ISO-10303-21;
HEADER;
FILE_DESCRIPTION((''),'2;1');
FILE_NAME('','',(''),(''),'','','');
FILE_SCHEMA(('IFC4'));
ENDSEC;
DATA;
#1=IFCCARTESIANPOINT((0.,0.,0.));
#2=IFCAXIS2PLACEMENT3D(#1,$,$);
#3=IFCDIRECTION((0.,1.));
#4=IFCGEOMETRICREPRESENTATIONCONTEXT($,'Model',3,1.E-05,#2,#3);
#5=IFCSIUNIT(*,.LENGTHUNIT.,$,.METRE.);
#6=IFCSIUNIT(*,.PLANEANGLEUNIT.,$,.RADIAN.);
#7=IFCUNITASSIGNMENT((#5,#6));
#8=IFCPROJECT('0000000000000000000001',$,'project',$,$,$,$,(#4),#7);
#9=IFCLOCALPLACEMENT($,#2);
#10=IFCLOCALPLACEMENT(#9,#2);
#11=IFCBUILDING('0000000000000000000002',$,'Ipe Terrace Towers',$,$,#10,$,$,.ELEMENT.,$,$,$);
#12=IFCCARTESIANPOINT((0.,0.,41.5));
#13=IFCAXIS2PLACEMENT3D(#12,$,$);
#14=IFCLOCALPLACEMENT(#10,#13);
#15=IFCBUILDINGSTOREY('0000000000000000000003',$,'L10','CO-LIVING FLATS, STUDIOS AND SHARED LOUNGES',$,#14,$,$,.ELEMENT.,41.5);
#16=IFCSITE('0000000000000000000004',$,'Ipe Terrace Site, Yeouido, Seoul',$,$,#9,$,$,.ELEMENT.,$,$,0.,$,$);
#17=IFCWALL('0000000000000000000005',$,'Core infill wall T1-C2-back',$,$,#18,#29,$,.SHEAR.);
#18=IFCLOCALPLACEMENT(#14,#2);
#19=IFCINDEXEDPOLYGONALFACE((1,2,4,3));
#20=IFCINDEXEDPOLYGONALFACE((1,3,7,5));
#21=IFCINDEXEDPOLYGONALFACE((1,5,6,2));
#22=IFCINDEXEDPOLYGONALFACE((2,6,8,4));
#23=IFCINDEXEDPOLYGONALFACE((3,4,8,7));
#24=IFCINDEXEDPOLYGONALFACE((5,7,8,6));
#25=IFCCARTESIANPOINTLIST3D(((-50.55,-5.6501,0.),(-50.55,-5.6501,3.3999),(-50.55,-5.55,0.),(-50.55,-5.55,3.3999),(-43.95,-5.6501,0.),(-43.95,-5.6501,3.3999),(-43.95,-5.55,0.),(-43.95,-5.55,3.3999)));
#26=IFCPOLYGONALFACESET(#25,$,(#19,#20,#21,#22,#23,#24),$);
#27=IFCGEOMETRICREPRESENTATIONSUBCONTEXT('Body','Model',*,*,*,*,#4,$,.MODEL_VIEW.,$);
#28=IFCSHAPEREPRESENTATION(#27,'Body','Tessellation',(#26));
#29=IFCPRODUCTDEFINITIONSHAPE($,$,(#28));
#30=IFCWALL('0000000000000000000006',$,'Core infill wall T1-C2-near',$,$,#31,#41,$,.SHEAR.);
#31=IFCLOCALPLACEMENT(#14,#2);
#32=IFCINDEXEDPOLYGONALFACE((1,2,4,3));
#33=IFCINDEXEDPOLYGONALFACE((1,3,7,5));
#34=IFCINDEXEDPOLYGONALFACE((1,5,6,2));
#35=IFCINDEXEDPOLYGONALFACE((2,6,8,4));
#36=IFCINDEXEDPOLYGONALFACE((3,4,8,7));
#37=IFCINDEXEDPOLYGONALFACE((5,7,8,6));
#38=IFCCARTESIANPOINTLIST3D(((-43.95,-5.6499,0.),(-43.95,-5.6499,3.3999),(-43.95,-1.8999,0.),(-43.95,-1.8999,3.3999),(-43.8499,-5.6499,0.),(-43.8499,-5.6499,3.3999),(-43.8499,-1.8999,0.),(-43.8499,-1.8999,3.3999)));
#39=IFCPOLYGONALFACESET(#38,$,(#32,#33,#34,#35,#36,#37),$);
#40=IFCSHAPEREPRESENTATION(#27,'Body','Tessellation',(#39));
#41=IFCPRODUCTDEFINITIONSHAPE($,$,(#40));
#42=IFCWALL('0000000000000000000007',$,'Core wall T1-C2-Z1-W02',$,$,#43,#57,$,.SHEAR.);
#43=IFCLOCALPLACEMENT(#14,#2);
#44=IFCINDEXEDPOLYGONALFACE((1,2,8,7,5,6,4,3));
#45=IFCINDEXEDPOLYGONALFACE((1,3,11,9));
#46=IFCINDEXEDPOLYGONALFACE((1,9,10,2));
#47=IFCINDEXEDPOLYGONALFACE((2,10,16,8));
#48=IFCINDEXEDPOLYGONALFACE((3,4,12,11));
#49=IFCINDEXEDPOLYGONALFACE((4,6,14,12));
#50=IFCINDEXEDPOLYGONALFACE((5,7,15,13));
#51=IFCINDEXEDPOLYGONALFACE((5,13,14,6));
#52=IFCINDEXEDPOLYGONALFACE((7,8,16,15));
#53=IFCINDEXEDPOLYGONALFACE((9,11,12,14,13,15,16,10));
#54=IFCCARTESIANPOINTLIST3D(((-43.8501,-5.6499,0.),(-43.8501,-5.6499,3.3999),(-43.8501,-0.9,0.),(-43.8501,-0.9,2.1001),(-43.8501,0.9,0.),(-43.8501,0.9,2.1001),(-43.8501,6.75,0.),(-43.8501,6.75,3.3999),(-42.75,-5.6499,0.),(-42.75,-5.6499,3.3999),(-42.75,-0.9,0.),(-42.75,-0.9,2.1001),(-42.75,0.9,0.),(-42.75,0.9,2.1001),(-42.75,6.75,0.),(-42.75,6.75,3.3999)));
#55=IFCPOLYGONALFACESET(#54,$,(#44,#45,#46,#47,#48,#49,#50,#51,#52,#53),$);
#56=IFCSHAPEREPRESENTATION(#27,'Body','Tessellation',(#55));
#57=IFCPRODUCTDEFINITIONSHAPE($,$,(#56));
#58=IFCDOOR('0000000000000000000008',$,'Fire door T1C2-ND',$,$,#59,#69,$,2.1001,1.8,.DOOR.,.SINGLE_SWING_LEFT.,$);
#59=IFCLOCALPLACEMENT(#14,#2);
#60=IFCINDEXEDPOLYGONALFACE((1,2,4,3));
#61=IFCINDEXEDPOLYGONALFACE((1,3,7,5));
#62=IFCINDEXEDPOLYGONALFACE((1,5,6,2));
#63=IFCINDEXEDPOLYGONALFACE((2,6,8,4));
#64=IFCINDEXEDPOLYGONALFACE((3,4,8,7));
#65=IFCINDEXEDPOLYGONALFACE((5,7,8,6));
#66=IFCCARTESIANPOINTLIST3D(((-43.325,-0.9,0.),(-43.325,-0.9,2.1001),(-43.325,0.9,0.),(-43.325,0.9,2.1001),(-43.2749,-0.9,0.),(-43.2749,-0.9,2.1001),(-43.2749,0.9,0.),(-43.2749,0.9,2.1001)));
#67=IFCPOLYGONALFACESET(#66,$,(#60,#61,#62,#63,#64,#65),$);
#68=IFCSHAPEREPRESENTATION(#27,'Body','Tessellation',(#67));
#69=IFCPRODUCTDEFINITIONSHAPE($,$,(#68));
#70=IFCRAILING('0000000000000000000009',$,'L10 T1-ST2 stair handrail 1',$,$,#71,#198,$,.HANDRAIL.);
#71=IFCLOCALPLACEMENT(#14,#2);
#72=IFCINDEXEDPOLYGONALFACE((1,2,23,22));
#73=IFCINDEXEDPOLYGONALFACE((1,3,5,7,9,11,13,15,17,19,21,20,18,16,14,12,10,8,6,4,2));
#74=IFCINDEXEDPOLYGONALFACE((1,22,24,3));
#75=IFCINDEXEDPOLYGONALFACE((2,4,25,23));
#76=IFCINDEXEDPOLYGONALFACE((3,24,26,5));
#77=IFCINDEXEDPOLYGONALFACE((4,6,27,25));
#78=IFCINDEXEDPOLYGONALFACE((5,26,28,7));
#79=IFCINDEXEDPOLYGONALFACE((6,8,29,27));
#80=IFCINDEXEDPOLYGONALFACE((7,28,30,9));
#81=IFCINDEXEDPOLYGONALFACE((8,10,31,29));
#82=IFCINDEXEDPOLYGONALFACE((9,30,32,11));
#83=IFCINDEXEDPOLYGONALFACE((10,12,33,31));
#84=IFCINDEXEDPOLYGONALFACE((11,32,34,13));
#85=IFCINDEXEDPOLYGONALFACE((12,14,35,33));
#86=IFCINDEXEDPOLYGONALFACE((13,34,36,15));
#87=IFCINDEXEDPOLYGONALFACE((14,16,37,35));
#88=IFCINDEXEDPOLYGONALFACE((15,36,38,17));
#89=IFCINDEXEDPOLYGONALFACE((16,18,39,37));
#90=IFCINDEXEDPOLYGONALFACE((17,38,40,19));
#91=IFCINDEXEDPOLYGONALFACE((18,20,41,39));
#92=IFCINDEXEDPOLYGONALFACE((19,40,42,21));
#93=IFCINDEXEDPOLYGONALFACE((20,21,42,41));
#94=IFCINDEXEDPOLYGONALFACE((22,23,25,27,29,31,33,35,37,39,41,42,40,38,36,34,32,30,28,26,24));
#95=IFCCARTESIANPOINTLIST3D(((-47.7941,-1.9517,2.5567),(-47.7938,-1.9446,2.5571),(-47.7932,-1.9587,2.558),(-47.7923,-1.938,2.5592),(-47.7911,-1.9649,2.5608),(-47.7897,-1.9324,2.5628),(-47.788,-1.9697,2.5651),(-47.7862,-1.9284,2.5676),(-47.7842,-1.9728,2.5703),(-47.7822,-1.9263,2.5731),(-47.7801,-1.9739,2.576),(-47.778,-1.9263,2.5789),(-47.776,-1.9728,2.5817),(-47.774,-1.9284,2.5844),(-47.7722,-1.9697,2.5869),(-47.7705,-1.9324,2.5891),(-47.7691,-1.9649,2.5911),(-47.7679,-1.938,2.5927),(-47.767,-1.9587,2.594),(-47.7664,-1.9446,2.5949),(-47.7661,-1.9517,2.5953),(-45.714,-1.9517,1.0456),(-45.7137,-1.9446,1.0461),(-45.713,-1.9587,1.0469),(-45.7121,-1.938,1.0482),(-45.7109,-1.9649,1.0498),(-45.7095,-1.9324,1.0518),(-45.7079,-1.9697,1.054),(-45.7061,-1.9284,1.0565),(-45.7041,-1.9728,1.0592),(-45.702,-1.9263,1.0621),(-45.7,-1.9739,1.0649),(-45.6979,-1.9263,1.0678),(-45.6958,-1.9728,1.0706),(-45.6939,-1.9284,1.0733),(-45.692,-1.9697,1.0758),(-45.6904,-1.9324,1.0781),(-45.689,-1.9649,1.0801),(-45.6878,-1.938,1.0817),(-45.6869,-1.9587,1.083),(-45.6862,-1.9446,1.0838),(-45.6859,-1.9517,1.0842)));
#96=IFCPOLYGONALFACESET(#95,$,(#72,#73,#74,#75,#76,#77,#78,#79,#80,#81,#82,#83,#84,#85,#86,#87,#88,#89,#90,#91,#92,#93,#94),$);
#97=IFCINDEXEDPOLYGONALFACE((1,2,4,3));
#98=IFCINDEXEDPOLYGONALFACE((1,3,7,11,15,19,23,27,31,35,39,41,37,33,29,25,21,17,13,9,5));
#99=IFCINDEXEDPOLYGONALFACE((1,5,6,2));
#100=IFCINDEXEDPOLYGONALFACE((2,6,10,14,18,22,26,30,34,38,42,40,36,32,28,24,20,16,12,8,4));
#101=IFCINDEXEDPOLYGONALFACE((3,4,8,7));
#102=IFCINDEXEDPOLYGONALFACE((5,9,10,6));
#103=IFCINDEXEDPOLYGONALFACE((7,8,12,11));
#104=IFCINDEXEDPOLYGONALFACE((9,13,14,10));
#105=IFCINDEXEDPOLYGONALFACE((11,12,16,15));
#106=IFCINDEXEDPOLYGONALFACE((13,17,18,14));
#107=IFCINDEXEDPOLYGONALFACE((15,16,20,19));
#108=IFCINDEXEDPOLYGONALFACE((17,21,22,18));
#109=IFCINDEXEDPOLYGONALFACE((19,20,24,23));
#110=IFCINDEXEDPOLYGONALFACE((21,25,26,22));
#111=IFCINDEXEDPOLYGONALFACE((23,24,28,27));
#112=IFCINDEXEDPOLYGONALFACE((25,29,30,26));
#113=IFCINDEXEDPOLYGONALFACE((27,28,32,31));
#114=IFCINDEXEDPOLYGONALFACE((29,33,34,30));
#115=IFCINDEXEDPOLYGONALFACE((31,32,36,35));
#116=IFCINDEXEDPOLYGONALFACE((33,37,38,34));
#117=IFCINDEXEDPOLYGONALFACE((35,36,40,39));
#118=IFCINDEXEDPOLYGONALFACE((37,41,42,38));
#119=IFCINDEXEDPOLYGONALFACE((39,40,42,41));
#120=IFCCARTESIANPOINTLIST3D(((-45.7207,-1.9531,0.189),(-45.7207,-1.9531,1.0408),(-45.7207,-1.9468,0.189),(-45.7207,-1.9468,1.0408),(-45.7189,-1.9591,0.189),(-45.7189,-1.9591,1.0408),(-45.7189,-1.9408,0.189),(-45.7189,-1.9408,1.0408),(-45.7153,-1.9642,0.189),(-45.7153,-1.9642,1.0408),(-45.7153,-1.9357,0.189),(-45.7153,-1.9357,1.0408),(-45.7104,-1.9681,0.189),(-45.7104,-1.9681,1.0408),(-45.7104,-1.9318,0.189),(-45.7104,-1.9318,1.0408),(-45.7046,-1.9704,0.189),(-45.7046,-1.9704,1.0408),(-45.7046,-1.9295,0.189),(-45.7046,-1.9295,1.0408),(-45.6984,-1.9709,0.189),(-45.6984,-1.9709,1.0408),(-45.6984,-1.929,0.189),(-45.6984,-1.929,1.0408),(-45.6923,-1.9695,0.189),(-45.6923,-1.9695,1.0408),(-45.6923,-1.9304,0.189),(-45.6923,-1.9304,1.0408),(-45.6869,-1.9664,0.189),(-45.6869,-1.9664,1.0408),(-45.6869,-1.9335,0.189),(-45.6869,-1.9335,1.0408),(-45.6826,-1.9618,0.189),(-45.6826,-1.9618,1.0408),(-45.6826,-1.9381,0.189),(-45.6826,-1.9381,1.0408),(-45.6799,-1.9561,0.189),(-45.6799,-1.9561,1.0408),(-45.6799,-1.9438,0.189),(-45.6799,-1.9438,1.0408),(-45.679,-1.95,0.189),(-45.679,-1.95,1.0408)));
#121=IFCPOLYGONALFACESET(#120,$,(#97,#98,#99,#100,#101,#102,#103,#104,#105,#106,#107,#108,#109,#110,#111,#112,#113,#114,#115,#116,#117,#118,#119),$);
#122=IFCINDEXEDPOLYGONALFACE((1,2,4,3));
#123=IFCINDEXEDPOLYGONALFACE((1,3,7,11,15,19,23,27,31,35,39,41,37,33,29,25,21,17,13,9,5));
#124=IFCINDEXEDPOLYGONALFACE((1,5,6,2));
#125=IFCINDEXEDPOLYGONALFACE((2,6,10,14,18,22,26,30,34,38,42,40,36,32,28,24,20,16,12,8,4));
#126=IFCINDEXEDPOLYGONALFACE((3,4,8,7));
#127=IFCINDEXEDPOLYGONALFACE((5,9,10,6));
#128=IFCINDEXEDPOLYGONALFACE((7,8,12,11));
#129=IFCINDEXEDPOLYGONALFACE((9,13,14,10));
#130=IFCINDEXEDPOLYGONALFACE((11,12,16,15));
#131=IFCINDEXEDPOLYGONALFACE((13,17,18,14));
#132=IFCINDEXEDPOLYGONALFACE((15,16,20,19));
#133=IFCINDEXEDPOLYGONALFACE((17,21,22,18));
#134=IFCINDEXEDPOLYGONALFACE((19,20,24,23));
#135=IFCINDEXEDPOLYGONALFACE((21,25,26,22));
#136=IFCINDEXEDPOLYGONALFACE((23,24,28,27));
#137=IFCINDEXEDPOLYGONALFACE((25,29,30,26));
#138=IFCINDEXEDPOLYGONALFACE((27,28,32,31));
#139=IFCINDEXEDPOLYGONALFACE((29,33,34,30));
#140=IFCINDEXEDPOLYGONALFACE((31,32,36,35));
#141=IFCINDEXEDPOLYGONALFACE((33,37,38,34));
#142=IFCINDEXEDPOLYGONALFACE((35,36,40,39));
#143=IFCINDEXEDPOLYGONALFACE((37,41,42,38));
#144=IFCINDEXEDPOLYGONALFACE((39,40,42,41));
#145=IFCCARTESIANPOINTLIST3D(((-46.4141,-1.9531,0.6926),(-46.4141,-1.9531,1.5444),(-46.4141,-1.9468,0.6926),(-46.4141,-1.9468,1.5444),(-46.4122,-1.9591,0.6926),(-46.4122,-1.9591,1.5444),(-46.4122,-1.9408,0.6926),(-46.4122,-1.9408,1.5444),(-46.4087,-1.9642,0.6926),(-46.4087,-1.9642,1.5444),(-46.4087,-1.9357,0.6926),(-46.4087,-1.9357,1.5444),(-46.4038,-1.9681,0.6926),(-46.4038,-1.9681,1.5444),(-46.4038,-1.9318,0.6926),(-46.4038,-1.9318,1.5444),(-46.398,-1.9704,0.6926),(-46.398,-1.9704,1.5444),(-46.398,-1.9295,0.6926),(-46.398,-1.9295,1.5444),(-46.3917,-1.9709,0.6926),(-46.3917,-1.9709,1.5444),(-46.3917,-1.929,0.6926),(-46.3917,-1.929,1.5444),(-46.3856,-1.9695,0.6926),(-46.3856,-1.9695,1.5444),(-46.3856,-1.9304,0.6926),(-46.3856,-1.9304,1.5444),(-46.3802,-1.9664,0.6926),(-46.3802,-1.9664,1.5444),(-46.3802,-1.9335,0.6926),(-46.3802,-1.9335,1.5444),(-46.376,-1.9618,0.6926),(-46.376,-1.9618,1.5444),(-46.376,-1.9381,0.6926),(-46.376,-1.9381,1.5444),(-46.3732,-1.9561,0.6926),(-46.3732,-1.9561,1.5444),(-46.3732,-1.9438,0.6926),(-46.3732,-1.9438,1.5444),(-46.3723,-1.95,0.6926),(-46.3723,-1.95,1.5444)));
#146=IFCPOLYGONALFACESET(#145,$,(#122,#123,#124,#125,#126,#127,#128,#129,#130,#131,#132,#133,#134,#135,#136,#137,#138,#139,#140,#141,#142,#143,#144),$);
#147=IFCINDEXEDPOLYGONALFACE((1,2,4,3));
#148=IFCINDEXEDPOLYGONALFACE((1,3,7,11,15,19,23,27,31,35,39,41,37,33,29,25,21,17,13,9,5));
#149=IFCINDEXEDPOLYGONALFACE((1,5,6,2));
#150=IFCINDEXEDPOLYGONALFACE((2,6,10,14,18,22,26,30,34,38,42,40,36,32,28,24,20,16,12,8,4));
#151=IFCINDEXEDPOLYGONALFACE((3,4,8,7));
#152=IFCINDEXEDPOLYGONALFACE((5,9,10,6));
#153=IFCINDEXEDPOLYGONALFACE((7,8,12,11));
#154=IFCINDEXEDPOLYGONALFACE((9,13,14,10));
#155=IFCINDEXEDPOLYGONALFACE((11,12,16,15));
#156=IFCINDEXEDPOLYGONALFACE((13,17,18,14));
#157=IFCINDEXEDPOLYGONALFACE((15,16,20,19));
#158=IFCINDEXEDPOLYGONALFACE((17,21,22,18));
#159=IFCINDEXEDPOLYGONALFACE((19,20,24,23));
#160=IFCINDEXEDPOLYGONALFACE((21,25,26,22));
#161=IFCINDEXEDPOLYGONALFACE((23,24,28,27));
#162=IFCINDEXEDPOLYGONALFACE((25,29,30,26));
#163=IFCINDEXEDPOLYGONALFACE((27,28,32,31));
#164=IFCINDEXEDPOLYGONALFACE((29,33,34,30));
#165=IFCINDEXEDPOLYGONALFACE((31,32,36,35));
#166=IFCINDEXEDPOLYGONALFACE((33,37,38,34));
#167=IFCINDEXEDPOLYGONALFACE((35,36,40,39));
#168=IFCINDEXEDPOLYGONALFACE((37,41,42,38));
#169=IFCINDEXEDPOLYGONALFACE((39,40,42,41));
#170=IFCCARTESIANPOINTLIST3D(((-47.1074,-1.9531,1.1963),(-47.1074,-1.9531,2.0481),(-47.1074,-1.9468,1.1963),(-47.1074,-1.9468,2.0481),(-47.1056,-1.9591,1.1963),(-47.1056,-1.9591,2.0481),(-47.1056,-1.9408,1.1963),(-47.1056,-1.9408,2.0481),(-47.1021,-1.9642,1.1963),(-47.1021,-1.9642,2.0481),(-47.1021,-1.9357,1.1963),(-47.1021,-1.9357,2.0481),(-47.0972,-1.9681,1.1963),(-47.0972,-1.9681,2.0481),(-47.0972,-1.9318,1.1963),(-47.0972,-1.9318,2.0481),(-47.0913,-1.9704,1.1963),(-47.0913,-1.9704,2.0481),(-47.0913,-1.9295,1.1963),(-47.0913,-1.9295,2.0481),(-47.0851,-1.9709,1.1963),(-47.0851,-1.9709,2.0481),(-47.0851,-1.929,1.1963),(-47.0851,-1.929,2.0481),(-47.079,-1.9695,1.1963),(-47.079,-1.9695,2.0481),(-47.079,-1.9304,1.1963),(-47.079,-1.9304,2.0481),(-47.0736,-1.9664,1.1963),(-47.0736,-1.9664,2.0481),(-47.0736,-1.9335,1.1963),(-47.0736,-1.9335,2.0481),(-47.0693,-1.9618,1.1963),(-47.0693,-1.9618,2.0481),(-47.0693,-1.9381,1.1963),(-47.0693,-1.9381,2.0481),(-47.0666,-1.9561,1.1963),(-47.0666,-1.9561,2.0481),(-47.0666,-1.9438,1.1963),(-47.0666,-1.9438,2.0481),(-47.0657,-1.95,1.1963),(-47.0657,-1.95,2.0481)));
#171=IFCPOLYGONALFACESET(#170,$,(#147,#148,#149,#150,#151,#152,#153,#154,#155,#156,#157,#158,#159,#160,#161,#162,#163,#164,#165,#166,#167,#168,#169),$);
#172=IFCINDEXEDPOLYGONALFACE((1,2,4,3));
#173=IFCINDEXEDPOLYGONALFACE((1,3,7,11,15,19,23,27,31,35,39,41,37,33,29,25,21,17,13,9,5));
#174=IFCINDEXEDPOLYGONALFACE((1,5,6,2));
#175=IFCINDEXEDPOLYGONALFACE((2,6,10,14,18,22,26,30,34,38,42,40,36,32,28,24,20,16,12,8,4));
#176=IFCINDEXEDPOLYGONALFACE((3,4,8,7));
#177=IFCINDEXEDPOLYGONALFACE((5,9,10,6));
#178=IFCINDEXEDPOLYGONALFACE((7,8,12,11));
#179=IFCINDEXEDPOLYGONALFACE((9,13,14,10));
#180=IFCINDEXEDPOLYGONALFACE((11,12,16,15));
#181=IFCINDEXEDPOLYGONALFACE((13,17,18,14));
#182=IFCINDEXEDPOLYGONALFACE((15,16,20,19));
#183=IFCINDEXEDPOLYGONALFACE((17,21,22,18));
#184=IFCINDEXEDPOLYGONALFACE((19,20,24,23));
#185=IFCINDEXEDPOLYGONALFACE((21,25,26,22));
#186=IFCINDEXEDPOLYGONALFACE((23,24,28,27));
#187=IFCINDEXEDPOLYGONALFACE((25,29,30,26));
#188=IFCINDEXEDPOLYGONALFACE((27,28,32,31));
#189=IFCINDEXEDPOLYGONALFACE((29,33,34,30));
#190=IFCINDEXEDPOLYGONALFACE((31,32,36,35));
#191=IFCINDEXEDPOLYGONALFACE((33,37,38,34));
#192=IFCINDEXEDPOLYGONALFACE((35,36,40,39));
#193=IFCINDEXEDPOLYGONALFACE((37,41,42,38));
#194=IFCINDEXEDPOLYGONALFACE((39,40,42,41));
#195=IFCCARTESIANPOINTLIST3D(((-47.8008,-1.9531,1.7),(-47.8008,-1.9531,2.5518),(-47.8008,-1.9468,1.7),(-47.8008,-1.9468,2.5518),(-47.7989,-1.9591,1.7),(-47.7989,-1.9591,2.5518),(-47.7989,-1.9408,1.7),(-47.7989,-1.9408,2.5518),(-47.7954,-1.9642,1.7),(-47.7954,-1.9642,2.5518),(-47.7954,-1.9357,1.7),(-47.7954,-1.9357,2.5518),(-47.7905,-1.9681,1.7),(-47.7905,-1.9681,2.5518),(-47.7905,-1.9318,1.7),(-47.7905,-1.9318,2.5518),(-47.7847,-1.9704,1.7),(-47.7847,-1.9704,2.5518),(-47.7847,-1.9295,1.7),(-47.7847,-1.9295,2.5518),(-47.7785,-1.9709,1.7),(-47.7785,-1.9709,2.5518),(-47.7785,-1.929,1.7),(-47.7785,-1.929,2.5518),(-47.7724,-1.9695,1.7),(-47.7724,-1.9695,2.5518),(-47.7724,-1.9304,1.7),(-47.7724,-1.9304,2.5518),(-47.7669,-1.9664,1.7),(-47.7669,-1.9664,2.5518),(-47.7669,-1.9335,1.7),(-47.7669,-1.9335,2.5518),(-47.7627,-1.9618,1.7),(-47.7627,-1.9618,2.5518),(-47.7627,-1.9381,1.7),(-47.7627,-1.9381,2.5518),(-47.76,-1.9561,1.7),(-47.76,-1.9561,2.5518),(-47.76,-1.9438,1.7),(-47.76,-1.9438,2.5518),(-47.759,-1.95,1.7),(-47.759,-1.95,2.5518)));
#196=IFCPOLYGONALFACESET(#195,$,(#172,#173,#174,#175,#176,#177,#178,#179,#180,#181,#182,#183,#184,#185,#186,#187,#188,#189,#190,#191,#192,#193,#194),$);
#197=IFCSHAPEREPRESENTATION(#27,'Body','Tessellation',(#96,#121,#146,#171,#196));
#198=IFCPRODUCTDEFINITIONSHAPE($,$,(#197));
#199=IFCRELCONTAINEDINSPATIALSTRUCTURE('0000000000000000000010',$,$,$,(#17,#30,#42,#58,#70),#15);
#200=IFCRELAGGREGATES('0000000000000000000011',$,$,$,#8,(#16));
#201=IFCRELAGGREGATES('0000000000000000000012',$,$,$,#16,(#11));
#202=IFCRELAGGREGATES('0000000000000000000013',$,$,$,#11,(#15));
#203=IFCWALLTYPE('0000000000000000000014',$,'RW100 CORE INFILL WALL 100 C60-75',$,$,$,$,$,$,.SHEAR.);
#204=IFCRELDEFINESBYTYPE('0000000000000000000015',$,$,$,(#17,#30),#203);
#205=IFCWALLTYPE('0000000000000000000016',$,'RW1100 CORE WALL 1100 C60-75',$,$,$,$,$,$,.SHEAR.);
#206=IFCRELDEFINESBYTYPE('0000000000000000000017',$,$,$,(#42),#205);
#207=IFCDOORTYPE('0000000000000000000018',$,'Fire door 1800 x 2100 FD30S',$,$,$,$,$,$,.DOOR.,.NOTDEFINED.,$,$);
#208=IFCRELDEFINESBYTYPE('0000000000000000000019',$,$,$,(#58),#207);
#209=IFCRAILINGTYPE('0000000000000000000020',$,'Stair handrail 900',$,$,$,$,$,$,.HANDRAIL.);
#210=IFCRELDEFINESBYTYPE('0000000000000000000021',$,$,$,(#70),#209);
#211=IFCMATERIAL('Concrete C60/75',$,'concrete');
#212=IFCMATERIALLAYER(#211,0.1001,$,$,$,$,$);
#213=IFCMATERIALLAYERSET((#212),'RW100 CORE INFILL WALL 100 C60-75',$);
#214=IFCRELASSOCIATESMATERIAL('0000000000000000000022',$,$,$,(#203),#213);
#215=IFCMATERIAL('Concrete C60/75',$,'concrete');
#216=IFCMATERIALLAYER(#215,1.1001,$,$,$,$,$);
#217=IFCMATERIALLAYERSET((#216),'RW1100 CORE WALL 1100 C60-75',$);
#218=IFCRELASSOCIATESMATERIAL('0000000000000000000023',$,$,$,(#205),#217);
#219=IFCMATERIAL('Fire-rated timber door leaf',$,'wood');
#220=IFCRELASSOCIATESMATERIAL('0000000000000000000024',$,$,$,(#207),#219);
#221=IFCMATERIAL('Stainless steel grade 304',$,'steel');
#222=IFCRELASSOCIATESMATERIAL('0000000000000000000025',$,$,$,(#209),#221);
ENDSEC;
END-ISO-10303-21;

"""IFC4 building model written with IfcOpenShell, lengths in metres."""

from ifc_helpers import new_model, si_unit, direction, frame, frame_2d, origin, origin_2d, place, context, subcontext, project, spatial, rectangle, circle, extrude, material, layer, layer_set, type_object, element, fill, save


model = new_model("IFC4")

# Units and contexts
model_context = context("Model", 3, precision=1e-05, world=origin(), true_north=direction((0.0, 1.0)))
body_context = subcontext(model_context, "Body", "Model", "MODEL_VIEW")
ifc_project = project(units=[si_unit("LENGTHUNIT", "METRE"), si_unit("PLANEANGLEUNIT", "RADIAN")], contexts=[model_context])

# Site, building, storey
site_placement = place(None, origin())
site = spatial("IfcSite", under=ifc_project, at=site_placement, Name="Ipe Terrace Site, Yeouido, Seoul", CompositionType="ELEMENT", RefElevation=0.0)
building_placement = place(site_placement, origin())
building = spatial("IfcBuilding", under=site, at=building_placement, Name="Ipe Terrace Towers", CompositionType="ELEMENT")
storey_placement = place(building_placement, frame((0.0, 0.0, 41.5)))
storey = spatial("IfcBuildingStorey", under=building, at=storey_placement, Name="L10", Description="CO-LIVING FLATS, STUDIOS AND SHARED LOUNGES", CompositionType="ELEMENT", Elevation=41.5)

# Walls
ifc_material_1 = material(Name="Concrete C60/75", Category="concrete")
ifc_layer_1 = layer(ifc_material_1, 0.1001)
ifc_layer_set_1 = layer_set([ifc_layer_1], Name="RW100 CORE INFILL WALL 100 C60-75")
wall_type_1 = type_object("IfcWallType", Name="RW100 CORE INFILL WALL 100 C60-75", PredefinedType="SHEAR", material=ifc_layer_set_1)
wall_1_placement = place(storey_placement, frame((-43.95, -5.6001, 0.0), z_axis=(0.0, 0.0, 1.0), x_axis=(-1.0, 0.0, 0.0)))
element("IfcWall", 1, at=wall_1_placement, inside=storey, type_object=wall_type_1, Name="Core infill wall T1-C2-back", PredefinedType="SHEAR", context=body_context, shape_type="SweptSolid", body=[
    extrude(rectangle(XDim=6.6001, YDim=0.1001, at=frame_2d((3.3, 0.0))), origin(), (0.0, 0.0, 1.0), 3.3999),
])
wall_2_placement = place(storey_placement, frame((-43.8999, -1.8999, 0.0), z_axis=(0.0, 0.0, 1.0), x_axis=(0.0, -1.0, 0.0)))
element("IfcWall", 2, at=wall_2_placement, inside=storey, type_object=wall_type_1, Name="Core infill wall T1-C2-near", PredefinedType="SHEAR", context=body_context, shape_type="SweptSolid", body=[
    extrude(rectangle(XDim=3.75, YDim=0.1001, at=frame_2d((1.875, 0.0))), origin(), (0.0, 0.0, 1.0), 3.3999),
])

# Wall, opening, door
ifc_material_2 = material(Name="Concrete C60/75", Category="concrete")
ifc_layer_2 = layer(ifc_material_2, 1.1001)
ifc_layer_set_2 = layer_set([ifc_layer_2], Name="RW1100 CORE WALL 1100 C60-75")
wall_type_2 = type_object("IfcWallType", Name="RW1100 CORE WALL 1100 C60-75", PredefinedType="SHEAR", material=ifc_layer_set_2)
wall_3_placement = place(storey_placement, frame((-43.3, -5.6499, 0.0), z_axis=(0.0, 0.0, 1.0), x_axis=(0.0, 1.0, 0.0)))
wall_3 = element("IfcWall", 3, at=wall_3_placement, inside=storey, type_object=wall_type_2, Name="Core wall T1-C2-Z1-W02", PredefinedType="SHEAR", context=body_context, shape_type="SweptSolid", body=[
    extrude(rectangle(XDim=12.3999, YDim=1.1001, at=frame_2d((6.2, 0.0))), origin(), (0.0, 0.0, 1.0), 3.3999),
])
opening_1_placement = place(wall_3_placement, frame((4.75, 0.0, 0.0)))
opening_1 = element("IfcOpeningElement", 4, at=opening_1_placement, cuts=wall_3, PredefinedType="OPENING", context=body_context, shape_type="SweptSolid", body=[
    extrude(rectangle(XDim=1.8, YDim=2.1001, at=frame_2d((0.8999, 1.05))), frame((0.0, 0.5601, 0.0), z_axis=(0.0, -1.0, 0.0), x_axis=(1.0, 0.0, 0.0)), (0.0, 0.0, 1.0), 1.1201),
])
ifc_material_3 = material(Name="Fire-rated timber door leaf", Category="wood")
door_type_1 = type_object("IfcDoorType", Name="Fire door 1800 x 2100 FD30S", OperationType="NOTDEFINED", PredefinedType="DOOR", material=ifc_material_3)
door_1_placement = place(opening_1_placement, origin())
door_1 = element("IfcDoor", 5, at=door_1_placement, inside=storey, type_object=door_type_1, Name="Fire door T1C2-ND", OperationType="SINGLE_SWING_LEFT", OverallHeight=2.1001, OverallWidth=1.8, PredefinedType="DOOR", context=body_context, shape_type="SweptSolid", body=[
    extrude(rectangle(XDim=1.8, YDim=2.1001, at=frame_2d((0.8999, 1.05))), frame((0.0, 0.0249, 0.0), z_axis=(0.0, -1.0, 0.0), x_axis=(1.0, 0.0, 0.0)), (0.0, 0.0, 1.0), 0.05),
])
fill(opening_1, door_1)

# Railing
ifc_material_4 = material(Name="Stainless steel grade 304", Category="steel")
railing_type_1 = type_object("IfcRailingType", Name="Stair handrail 900", PredefinedType="HANDRAIL", material=ifc_material_4)
railing_1_placement = place(storey_placement, frame((-45.7, -1.95, 0.189)))
element("IfcRailing", 6, at=railing_1_placement, inside=storey, type_object=railing_type_1, Name="L10 T1-ST2 stair handrail 1", PredefinedType="HANDRAIL", context=body_context, shape_type="SweptSolid", body=[
    extrude(circle(Radius=0.0239, at=origin_2d()), frame((0.0, 0.0, 0.876), z_axis=(-0.809069, 0.0, 0.587714), x_axis=(0.0, -1.0, 0.0)), (0.0, 0.0, 1.0), 2.571),
    extrude(circle(Radius=0.021, at=origin_2d()), origin(), (0.0, 0.0, 1.0), 0.8518),
    extrude(circle(Radius=0.021, at=origin_2d()), frame((-0.6934, 0.0, 0.5037)), (0.0, 0.0, 1.0), 0.8518),
    extrude(circle(Radius=0.021, at=origin_2d()), frame((-1.3867, 0.0, 1.0073)), (0.0, 0.0, 1.0), 0.8518),
    extrude(circle(Radius=0.021, at=origin_2d()), frame((-2.0801, 0.0, 1.511)), (0.0, 0.0, 1.0), 0.8518),
])

save(model, "model.ifc")
